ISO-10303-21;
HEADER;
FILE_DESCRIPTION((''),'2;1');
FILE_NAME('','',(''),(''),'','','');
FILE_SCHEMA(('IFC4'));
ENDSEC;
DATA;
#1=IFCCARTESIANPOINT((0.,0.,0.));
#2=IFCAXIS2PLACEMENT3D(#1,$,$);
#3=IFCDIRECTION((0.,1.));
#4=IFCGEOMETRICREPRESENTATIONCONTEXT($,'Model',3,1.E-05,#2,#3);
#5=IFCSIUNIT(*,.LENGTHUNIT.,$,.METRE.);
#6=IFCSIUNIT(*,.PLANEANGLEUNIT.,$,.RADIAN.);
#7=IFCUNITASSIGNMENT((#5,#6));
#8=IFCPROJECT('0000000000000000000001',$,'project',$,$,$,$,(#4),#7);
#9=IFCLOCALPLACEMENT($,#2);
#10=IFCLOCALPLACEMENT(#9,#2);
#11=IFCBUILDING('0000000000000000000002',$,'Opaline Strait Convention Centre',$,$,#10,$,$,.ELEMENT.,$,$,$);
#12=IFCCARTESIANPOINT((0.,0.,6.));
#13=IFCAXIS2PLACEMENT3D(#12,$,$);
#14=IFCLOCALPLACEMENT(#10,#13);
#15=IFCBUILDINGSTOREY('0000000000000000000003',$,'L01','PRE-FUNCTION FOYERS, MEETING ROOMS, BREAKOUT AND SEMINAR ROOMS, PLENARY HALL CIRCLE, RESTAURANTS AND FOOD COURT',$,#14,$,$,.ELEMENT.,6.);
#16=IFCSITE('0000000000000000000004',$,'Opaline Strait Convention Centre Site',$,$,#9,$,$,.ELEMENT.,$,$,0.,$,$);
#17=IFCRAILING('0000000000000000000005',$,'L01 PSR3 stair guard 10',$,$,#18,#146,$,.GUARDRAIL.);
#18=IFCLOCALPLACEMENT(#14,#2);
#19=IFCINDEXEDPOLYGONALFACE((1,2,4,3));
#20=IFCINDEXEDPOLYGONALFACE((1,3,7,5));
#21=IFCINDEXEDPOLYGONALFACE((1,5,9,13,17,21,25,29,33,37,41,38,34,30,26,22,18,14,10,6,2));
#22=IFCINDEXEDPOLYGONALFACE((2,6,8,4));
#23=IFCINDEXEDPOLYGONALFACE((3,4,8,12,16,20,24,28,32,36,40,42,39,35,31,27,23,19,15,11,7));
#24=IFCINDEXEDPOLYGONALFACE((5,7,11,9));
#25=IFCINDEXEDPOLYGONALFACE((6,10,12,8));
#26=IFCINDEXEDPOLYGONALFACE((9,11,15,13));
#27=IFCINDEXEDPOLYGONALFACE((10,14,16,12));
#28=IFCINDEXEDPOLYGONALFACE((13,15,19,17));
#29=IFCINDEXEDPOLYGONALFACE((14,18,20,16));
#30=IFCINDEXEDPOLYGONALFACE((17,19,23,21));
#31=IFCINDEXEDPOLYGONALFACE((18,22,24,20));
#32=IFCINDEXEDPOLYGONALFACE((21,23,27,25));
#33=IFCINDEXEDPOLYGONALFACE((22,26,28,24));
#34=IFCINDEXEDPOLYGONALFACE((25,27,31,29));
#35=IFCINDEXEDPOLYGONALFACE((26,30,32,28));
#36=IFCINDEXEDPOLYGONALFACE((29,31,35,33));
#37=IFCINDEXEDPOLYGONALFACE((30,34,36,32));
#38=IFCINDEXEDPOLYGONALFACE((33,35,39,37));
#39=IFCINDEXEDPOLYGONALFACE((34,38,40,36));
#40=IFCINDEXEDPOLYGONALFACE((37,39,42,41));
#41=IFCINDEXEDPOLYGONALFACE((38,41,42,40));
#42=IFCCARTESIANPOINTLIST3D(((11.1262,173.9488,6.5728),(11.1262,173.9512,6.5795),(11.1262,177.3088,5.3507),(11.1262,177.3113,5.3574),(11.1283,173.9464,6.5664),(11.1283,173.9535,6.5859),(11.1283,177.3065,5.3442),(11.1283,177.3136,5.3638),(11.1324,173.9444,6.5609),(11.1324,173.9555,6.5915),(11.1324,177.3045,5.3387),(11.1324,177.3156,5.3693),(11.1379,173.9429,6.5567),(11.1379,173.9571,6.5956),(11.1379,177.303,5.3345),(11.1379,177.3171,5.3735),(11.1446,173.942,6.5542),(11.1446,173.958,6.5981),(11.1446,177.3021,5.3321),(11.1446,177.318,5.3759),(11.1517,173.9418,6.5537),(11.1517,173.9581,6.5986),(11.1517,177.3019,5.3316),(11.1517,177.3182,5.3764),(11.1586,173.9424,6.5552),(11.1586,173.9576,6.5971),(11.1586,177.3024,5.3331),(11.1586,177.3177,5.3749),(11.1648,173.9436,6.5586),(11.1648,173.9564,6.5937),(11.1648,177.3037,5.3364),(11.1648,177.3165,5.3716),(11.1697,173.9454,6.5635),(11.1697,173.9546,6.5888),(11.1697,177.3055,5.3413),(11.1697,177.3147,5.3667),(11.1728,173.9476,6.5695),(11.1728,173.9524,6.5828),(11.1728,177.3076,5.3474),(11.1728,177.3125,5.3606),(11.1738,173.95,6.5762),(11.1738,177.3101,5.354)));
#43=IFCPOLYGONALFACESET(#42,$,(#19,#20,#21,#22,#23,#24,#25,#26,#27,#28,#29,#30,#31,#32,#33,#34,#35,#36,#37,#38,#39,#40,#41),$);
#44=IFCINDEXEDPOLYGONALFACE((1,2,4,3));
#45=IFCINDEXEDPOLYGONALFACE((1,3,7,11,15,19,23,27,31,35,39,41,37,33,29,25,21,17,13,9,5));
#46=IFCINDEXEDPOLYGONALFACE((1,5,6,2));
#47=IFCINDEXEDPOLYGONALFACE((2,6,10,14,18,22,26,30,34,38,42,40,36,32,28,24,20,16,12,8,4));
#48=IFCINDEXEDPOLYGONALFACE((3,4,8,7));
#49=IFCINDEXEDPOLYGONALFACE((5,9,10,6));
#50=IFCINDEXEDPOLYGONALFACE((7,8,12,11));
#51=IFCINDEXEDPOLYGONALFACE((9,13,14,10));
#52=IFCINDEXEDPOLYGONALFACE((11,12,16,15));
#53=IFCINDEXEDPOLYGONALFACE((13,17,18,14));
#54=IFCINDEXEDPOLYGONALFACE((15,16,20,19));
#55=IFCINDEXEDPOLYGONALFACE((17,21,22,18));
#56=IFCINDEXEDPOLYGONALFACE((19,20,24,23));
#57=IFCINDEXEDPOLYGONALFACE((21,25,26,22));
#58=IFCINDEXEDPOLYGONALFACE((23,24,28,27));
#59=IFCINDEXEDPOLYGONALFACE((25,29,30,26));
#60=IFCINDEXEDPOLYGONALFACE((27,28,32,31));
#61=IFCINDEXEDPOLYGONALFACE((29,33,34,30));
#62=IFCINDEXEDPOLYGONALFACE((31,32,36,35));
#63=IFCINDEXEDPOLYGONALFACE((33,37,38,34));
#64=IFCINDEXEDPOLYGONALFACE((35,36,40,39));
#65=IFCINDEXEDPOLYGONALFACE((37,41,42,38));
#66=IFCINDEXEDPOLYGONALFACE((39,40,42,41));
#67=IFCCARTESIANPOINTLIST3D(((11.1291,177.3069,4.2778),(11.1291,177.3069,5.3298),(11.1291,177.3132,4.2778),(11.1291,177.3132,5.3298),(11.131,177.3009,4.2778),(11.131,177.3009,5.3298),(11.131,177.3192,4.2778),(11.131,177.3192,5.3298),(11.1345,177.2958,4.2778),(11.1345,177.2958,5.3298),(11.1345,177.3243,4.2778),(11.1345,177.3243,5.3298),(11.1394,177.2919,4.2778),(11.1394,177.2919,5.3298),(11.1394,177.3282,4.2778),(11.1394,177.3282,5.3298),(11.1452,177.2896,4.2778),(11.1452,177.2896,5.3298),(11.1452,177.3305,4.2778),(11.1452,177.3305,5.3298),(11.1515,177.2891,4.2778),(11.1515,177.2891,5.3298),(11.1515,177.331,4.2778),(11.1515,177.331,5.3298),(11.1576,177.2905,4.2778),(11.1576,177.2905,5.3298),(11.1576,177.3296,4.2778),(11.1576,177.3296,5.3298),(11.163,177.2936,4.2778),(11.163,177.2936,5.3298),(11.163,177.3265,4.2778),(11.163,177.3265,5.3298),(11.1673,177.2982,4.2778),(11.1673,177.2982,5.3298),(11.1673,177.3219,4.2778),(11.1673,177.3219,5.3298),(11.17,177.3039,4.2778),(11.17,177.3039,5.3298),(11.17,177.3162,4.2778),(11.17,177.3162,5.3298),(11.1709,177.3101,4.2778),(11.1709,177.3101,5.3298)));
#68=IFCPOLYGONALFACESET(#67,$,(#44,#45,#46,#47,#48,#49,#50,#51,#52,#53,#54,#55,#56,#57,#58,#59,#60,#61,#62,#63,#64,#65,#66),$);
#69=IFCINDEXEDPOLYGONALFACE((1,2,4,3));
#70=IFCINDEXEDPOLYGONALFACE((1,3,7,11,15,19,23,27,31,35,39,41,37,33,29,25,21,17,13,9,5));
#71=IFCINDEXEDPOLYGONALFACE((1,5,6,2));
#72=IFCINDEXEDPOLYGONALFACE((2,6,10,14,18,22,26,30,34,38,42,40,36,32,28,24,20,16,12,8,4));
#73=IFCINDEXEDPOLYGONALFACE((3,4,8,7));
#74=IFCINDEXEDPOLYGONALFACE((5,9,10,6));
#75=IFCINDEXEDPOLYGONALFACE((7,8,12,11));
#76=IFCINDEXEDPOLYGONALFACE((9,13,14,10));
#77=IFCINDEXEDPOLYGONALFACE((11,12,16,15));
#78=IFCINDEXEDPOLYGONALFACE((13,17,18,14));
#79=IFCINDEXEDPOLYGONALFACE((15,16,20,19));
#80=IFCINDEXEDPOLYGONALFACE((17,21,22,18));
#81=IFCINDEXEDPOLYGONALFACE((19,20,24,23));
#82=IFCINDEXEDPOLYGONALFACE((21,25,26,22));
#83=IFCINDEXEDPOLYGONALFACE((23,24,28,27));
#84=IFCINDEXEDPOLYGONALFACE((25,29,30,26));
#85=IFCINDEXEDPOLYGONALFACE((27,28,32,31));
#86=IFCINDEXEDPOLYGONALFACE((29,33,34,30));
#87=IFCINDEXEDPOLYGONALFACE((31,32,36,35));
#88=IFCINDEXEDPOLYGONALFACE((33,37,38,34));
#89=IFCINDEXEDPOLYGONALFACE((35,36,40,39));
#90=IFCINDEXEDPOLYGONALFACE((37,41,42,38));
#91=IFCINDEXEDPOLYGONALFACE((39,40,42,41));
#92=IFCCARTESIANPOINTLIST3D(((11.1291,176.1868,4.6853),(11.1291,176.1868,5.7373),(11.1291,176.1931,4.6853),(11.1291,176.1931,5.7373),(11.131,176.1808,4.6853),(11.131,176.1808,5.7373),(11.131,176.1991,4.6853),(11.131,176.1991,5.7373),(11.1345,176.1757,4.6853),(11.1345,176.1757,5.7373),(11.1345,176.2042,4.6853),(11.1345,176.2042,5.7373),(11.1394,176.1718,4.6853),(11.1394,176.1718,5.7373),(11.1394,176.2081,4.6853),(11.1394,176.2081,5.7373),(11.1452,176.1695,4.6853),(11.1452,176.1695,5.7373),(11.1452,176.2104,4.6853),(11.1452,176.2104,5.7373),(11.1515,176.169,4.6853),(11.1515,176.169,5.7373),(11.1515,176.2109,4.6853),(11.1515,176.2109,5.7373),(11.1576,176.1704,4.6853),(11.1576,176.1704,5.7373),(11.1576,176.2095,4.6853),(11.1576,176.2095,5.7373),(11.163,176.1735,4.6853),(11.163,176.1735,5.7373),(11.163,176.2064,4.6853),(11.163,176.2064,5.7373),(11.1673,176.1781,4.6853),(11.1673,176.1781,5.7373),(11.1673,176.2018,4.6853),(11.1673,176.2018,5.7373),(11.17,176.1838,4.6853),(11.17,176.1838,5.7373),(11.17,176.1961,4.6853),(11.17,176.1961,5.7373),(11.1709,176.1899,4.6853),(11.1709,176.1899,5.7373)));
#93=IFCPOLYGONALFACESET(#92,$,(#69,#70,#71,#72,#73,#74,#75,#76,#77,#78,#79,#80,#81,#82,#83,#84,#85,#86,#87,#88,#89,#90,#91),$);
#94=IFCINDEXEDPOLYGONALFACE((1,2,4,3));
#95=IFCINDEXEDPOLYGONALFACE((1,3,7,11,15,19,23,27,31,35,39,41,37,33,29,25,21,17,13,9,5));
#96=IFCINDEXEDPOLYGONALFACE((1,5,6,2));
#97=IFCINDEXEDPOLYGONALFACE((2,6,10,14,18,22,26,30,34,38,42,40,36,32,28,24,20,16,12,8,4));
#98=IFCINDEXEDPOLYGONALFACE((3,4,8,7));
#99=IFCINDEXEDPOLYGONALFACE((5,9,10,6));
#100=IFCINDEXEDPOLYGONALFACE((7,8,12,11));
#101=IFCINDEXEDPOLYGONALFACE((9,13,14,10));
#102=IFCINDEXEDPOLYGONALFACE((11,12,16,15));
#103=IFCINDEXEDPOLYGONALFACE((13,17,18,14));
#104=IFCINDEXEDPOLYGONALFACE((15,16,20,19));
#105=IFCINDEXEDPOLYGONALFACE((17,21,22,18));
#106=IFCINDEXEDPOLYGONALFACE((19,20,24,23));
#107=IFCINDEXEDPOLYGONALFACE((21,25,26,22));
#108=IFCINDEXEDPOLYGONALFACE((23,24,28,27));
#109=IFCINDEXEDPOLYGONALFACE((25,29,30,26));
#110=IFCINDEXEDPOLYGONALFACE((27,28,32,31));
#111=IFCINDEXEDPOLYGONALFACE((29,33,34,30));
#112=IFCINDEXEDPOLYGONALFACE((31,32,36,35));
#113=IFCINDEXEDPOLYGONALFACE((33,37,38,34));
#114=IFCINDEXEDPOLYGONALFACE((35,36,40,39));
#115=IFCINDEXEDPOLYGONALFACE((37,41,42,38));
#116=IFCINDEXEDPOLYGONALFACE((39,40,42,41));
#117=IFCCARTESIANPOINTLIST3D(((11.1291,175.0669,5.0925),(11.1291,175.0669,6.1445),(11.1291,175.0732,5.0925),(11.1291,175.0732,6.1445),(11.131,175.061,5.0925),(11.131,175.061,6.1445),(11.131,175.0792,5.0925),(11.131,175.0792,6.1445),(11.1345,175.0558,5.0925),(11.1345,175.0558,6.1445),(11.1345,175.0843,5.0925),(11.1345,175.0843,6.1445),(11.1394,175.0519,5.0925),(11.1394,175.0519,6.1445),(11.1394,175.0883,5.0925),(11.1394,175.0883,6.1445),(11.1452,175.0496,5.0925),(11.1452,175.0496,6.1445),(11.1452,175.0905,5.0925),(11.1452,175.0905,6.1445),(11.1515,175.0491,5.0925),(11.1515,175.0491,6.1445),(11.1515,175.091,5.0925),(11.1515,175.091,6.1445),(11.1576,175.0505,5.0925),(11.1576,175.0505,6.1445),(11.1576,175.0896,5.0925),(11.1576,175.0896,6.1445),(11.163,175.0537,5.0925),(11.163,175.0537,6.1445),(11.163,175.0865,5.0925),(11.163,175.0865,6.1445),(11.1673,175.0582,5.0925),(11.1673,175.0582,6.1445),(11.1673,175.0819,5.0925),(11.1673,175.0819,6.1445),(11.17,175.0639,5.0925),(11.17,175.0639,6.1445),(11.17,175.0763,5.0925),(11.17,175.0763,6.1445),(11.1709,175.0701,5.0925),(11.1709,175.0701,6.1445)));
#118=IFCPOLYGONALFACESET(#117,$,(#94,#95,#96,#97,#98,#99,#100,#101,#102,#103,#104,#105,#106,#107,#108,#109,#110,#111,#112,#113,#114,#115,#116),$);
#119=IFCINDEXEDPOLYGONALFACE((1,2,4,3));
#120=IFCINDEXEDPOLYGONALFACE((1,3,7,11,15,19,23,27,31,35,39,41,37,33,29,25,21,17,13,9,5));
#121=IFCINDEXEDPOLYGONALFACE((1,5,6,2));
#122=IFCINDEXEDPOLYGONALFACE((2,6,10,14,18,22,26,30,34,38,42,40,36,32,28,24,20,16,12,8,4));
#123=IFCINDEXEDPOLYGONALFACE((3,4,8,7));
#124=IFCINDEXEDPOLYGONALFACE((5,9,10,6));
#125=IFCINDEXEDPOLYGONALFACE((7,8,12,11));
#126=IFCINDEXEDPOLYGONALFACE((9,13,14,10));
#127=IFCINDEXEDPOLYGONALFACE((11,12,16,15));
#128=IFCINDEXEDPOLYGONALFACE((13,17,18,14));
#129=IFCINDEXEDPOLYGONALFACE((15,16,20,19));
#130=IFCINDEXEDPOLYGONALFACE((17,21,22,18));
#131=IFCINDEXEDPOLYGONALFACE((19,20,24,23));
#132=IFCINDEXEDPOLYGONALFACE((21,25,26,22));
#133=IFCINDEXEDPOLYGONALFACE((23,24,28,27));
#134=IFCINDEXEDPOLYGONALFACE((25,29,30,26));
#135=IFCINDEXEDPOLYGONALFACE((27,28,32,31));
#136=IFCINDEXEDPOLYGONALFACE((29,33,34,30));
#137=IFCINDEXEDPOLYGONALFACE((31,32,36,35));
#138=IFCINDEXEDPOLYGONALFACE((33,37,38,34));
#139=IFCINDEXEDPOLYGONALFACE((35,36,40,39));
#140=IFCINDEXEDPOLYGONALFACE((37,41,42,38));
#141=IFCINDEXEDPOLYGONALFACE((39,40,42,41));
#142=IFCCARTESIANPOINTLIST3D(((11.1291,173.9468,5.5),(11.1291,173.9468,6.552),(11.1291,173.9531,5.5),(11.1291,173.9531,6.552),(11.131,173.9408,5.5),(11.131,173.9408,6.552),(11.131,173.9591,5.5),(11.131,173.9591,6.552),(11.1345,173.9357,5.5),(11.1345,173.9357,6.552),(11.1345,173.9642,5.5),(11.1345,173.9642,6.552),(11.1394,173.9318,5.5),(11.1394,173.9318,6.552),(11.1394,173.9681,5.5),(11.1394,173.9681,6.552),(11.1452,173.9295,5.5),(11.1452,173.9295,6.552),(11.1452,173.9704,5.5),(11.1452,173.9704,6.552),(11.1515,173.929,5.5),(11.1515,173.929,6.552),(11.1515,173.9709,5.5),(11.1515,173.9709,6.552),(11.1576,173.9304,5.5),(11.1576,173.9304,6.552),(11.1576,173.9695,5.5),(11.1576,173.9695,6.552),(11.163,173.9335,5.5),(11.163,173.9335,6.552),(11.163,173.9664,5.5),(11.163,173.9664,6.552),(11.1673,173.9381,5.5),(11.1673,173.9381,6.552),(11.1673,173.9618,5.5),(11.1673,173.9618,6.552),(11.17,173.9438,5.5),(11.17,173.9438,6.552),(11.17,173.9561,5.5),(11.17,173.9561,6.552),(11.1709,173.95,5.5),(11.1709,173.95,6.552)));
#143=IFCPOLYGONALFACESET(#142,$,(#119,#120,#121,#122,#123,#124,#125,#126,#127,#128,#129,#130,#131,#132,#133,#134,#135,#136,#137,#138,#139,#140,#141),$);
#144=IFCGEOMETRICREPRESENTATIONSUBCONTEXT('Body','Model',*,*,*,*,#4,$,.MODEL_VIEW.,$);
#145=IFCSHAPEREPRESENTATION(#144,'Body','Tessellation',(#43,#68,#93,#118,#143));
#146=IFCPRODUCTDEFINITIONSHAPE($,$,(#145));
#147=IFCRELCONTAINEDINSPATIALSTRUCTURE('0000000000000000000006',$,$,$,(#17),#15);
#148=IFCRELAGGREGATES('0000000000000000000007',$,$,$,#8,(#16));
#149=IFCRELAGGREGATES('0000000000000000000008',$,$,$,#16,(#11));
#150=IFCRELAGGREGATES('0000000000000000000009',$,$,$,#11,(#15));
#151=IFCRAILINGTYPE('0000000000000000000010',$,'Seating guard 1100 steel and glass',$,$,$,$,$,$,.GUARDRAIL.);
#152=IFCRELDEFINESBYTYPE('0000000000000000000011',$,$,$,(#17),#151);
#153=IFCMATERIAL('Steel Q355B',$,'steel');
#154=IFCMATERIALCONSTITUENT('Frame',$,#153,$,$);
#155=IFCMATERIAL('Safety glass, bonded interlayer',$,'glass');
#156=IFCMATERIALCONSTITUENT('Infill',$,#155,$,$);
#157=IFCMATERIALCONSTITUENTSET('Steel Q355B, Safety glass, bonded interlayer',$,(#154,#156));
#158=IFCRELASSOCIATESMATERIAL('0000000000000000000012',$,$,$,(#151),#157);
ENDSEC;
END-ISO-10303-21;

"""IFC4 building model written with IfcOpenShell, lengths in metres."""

from ifc_helpers import new_model, si_unit, direction, frame, origin, origin_2d, place, context, subcontext, project, spatial, circle, extrude, material, constituent, constituent_set, type_object, element, save


model = new_model("IFC4")

# Units and contexts
model_context = context("Model", 3, precision=1e-05, world=origin(), true_north=direction((0.0, 1.0)))
body_context = subcontext(model_context, "Body", "Model", "MODEL_VIEW")
ifc_project = project(units=[si_unit("LENGTHUNIT", "METRE"), si_unit("PLANEANGLEUNIT", "RADIAN")], contexts=[model_context])

# Site, building, storey
site_placement = place(None, origin())
site = spatial("IfcSite", under=ifc_project, at=site_placement, Name="Opaline Strait Convention Centre Site", CompositionType="ELEMENT", RefElevation=0.0)
building_placement = place(site_placement, origin())
building = spatial("IfcBuilding", under=site, at=building_placement, Name="Opaline Strait Convention Centre", CompositionType="ELEMENT")
storey_placement = place(building_placement, frame((0.0, 0.0, 6.0)))
storey = spatial("IfcBuildingStorey", under=building, at=storey_placement, Name="L01", Description="PRE-FUNCTION FOYERS, MEETING ROOMS, BREAKOUT AND SEMINAR ROOMS, PLENARY HALL CIRCLE, RESTAURANTS AND FOOD COURT", CompositionType="ELEMENT", Elevation=6.0)

# Railing
ifc_material_1 = material(Name="Steel Q355B", Category="steel")
ifc_constituent_1 = constituent(ifc_material_1, Name="Frame")
ifc_material_2 = material(Name="Safety glass, bonded interlayer", Category="glass")
ifc_constituent_2 = constituent(ifc_material_2, Name="Infill")
ifc_constituent_set = constituent_set(constituents=[ifc_constituent_1, ifc_constituent_2], Name="Steel Q355B, Safety glass, bonded interlayer")
railing_type_1 = type_object("IfcRailingType", Name="Seating guard 1100 steel and glass", PredefinedType="GUARDRAIL", material=ifc_constituent_set)
for number, where, name in (
    (1, (11.1499, 177.3101, 4.2778), "L01 PSR3 stair guard 10"),
):
    element("IfcRailing", number, at=place(storey_placement, frame(where)), inside=storey, type_object=railing_type_1, Name=name, PredefinedType="GUARDRAIL", context=body_context, shape_type="SweptSolid", body=[
        extrude(circle(Radius=0.0239, at=origin_2d()), frame((0.0, 0.0, 1.0762), z_axis=(0.0, -0.939766, 0.34182), x_axis=(1.0, 0.0, 0.0)), (0.0, 0.0, 1.0), 3.5754),
        extrude(circle(Radius=0.021, at=origin_2d()), origin(), (0.0, 0.0, 1.0), 1.052),
        extrude(circle(Radius=0.021, at=origin_2d()), frame((0.0, -1.1201, 0.4075)), (0.0, 0.0, 1.0), 1.052),
        extrude(circle(Radius=0.021, at=origin_2d()), frame((0.0, -2.24, 0.8147)), (0.0, 0.0, 1.0), 1.052),
        extrude(circle(Radius=0.021, at=origin_2d()), frame((0.0, -3.3601, 1.2222)), (0.0, 0.0, 1.0), 1.052),
    ])

save(model, "model.ifc")
